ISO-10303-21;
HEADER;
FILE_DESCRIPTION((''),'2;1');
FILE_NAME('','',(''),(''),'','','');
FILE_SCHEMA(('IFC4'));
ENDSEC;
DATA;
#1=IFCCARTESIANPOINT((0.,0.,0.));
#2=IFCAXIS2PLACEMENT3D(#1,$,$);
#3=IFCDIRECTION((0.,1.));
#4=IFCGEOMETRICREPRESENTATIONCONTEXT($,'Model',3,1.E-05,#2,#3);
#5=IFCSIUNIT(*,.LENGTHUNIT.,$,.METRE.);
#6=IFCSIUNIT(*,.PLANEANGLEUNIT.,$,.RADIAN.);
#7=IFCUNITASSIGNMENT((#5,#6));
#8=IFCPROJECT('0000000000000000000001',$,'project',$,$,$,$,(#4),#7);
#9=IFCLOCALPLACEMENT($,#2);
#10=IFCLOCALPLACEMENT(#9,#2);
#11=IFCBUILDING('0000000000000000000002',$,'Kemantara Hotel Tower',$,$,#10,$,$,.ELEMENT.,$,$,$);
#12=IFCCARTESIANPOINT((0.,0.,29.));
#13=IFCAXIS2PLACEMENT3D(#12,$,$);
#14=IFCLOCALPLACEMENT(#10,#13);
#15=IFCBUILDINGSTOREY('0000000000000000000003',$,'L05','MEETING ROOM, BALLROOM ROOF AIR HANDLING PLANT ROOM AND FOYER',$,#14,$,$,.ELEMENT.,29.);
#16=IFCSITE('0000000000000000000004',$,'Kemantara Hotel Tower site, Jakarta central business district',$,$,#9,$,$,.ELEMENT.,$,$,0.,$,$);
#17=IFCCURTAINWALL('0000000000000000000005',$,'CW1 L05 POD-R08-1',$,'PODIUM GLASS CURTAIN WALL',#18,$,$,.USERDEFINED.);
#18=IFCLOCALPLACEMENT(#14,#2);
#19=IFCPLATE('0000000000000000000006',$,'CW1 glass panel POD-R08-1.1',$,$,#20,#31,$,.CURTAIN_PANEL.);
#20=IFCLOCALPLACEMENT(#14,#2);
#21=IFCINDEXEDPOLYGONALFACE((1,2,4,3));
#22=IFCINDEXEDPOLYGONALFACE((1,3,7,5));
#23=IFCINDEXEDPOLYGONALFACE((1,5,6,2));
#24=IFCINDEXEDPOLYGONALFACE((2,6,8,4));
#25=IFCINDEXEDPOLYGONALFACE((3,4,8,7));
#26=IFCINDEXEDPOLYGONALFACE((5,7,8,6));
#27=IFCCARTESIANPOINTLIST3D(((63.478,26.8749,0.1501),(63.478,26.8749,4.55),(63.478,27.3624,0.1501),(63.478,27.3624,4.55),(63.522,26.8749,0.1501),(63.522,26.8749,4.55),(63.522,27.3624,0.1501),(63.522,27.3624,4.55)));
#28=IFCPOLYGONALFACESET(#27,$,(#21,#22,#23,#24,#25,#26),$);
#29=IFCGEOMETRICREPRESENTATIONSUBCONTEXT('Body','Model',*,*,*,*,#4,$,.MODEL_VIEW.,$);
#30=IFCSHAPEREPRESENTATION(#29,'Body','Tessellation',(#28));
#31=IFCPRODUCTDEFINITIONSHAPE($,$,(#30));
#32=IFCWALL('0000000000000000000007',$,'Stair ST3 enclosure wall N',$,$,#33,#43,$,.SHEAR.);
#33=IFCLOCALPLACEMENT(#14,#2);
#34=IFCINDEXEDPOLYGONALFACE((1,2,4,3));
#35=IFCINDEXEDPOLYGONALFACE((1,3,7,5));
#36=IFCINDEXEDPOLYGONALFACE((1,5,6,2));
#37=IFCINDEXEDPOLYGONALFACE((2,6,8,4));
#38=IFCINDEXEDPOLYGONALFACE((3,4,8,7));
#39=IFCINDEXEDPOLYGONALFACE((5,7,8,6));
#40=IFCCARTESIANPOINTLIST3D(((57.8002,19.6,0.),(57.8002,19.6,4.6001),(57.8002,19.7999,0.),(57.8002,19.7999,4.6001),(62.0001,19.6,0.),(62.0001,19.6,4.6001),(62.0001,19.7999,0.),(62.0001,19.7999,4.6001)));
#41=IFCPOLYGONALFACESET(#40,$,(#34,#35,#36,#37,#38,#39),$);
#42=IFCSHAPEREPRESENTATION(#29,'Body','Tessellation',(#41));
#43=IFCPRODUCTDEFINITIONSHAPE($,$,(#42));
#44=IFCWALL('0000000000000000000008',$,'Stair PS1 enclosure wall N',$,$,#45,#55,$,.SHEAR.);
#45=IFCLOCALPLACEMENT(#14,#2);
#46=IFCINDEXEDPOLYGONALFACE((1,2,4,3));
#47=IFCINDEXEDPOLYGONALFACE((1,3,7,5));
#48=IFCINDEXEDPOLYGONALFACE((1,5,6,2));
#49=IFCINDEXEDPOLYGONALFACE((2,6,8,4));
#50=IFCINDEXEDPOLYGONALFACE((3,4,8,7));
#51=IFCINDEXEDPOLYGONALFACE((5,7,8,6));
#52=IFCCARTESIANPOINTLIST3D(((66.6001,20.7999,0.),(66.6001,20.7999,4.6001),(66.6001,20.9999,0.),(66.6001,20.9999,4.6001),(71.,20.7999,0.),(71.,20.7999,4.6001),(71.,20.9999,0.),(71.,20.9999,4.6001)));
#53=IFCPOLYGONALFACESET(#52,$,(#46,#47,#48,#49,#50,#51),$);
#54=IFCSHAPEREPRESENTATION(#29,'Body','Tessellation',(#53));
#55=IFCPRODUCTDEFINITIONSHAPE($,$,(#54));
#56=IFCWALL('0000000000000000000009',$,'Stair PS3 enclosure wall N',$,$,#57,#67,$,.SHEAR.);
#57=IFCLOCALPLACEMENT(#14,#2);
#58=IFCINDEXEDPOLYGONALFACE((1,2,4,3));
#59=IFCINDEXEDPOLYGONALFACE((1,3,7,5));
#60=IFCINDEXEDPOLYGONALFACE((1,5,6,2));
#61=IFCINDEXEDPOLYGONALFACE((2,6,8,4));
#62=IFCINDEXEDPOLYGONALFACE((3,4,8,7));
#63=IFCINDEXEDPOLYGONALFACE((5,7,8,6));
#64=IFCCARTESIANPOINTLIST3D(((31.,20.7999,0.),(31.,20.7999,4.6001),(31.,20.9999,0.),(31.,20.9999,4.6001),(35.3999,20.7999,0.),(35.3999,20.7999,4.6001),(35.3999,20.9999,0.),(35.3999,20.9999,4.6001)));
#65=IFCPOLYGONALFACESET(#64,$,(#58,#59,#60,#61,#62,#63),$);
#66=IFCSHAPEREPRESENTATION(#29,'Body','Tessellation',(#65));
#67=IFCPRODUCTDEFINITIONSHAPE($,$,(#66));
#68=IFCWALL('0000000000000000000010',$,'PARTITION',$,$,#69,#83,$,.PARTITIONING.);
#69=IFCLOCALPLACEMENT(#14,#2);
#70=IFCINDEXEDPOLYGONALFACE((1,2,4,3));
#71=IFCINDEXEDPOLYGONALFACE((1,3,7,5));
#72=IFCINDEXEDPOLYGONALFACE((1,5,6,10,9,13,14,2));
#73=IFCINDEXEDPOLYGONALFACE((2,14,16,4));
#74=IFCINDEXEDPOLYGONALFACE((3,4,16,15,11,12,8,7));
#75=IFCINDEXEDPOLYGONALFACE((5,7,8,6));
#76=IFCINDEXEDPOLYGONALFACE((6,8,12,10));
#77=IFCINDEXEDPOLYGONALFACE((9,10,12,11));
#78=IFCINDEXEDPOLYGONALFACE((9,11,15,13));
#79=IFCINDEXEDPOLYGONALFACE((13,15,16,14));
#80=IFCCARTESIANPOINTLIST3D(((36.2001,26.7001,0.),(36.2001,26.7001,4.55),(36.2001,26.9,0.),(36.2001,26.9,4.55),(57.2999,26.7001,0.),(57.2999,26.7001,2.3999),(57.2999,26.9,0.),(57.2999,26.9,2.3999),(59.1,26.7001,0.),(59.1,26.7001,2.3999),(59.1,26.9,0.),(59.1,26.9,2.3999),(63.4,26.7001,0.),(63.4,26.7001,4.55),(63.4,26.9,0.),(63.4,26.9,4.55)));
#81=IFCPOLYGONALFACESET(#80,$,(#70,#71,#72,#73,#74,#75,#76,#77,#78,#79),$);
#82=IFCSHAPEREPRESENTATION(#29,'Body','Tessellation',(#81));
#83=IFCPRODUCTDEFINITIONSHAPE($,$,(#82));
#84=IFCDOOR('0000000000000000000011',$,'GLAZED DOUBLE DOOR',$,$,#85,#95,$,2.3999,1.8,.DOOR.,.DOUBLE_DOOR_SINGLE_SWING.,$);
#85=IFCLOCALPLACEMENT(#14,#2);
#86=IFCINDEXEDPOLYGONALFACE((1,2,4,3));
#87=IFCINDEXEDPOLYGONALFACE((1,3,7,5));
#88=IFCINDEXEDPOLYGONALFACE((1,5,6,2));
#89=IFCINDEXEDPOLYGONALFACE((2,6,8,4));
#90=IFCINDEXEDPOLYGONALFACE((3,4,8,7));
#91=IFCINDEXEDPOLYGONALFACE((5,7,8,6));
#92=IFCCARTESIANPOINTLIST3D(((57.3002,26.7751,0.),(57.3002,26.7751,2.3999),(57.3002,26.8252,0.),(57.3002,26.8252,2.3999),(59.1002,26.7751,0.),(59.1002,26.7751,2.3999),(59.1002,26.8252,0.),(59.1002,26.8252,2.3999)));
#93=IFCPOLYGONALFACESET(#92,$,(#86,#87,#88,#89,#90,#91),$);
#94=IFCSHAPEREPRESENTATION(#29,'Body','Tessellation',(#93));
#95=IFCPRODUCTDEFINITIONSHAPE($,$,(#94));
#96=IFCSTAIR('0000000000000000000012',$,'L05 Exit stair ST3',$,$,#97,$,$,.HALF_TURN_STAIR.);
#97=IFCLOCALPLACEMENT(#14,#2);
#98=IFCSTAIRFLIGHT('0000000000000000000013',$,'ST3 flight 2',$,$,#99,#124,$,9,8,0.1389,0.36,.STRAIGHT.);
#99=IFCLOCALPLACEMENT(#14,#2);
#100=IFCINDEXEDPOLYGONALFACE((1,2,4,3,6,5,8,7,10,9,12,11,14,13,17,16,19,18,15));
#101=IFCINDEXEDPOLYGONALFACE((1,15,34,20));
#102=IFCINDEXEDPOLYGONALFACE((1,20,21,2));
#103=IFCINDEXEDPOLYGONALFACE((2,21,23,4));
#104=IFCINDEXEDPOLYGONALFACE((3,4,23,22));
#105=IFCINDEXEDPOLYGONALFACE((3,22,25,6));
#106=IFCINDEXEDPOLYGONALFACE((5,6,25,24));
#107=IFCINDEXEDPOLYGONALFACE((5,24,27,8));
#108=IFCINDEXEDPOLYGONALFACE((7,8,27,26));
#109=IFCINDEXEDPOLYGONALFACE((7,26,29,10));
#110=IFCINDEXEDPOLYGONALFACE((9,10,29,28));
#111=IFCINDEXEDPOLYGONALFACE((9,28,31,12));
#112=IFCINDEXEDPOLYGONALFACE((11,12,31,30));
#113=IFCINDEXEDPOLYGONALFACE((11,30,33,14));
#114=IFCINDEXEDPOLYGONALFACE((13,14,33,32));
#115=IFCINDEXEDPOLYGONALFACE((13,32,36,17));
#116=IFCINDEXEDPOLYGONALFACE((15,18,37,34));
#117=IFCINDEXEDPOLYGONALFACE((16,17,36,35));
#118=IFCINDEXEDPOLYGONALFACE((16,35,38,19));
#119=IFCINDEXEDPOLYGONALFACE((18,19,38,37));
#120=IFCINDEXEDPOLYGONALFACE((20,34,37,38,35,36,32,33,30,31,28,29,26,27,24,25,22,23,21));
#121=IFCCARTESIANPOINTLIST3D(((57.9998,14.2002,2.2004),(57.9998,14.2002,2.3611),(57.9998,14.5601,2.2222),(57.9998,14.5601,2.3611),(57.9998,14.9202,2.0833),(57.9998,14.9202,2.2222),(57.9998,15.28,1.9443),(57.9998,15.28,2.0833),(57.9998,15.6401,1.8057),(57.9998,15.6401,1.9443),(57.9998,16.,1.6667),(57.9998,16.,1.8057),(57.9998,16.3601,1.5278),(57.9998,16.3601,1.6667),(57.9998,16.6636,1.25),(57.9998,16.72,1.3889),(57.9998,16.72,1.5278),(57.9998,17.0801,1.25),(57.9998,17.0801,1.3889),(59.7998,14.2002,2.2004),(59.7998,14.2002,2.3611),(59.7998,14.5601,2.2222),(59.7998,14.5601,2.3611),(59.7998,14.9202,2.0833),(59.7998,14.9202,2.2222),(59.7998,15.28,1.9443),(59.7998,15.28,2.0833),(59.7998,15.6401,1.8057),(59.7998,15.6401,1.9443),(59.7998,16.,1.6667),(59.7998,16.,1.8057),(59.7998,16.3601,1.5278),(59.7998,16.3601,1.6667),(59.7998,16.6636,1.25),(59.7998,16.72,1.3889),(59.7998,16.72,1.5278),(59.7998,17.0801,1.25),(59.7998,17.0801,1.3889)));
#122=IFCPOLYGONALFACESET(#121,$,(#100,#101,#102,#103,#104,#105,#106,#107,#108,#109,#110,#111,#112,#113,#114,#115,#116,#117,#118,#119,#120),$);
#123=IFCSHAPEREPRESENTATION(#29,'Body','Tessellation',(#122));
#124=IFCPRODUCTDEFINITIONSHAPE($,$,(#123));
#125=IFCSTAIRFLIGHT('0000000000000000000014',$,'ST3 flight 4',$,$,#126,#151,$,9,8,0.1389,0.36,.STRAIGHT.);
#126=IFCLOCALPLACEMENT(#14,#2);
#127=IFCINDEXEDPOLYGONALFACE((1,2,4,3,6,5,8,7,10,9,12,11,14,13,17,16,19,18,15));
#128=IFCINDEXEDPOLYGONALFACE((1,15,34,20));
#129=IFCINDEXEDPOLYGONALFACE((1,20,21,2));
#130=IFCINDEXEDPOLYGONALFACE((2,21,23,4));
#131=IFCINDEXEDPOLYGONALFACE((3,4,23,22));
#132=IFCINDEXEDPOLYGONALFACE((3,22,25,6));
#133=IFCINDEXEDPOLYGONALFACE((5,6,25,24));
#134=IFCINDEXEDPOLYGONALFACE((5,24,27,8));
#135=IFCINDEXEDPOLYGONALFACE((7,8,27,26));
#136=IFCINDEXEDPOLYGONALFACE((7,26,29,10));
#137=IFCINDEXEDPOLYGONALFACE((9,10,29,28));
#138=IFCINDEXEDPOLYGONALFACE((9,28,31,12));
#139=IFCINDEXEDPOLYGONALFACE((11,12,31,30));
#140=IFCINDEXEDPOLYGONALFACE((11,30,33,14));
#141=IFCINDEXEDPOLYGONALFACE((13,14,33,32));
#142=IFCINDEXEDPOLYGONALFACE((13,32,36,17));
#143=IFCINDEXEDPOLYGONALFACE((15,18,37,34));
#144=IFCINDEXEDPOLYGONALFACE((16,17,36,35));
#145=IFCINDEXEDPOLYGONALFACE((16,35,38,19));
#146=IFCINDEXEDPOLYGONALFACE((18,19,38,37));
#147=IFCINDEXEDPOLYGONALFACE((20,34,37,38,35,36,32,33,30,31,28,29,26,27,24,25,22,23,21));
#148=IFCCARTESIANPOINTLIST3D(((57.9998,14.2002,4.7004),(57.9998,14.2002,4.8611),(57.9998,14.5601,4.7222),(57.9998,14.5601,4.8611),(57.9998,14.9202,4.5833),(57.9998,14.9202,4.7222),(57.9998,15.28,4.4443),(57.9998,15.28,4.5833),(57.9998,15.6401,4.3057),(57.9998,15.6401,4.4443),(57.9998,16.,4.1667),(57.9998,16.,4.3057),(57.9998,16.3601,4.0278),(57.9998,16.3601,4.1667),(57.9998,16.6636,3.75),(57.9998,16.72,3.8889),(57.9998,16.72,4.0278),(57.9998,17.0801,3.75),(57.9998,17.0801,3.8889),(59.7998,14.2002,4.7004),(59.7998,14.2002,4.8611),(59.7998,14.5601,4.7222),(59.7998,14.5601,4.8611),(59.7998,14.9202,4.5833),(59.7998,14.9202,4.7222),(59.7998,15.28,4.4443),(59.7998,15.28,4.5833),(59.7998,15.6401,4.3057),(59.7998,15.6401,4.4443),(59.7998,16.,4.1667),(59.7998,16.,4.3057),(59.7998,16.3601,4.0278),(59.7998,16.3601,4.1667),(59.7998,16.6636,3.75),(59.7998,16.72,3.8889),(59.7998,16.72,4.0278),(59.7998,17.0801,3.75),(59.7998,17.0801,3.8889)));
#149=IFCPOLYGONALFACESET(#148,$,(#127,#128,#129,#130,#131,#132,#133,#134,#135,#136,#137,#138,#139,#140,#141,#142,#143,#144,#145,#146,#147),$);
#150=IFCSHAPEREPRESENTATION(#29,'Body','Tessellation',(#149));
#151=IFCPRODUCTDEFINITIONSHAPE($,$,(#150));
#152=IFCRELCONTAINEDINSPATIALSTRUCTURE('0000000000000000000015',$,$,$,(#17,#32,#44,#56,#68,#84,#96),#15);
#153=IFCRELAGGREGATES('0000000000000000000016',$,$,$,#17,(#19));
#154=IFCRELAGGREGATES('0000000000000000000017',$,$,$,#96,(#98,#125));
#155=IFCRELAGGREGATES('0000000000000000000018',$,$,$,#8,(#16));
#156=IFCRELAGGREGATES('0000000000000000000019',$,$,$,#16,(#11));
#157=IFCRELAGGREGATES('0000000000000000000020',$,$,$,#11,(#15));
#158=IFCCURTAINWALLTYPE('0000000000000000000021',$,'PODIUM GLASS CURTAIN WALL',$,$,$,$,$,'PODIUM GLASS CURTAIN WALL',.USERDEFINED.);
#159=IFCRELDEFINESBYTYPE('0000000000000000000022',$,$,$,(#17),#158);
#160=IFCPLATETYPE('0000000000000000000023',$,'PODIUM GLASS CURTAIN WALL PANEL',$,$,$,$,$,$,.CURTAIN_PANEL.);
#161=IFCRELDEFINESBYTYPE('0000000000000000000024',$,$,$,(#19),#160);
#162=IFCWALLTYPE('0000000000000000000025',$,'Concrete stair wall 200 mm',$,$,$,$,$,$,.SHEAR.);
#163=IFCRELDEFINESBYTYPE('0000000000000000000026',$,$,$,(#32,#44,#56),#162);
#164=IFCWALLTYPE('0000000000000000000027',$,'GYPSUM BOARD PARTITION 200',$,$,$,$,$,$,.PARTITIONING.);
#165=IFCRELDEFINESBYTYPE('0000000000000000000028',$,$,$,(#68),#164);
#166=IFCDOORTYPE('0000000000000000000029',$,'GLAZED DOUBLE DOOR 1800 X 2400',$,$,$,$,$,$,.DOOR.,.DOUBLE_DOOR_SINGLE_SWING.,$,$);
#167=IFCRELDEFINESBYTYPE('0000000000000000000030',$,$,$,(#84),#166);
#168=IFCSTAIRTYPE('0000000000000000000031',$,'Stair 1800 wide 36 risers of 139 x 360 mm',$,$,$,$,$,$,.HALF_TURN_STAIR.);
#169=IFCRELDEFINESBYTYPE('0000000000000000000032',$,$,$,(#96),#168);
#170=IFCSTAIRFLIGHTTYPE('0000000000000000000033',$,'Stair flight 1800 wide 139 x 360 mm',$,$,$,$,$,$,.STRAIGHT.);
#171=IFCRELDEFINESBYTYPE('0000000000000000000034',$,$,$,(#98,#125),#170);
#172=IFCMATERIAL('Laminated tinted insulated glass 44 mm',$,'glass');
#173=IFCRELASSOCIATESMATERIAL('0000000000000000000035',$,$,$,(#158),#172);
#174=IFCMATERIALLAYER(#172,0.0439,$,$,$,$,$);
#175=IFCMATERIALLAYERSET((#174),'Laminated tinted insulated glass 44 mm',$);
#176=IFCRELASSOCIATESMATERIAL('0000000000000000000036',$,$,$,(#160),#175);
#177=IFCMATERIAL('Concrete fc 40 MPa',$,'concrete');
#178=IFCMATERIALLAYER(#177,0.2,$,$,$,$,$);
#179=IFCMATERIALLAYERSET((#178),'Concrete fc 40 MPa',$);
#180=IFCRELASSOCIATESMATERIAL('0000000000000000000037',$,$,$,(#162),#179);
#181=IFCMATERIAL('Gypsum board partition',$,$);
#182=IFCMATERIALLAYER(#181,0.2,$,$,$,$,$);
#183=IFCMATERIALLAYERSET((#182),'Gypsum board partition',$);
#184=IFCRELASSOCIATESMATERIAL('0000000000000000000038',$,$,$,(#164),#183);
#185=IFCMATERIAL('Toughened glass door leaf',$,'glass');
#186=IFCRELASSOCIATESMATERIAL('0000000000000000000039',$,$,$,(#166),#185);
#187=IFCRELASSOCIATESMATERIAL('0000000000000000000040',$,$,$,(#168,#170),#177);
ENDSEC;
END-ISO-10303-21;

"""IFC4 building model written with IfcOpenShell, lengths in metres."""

from ifc_helpers import new_model, si_unit, direction, frame, frame_2d, origin, origin_2d, place, context, subcontext, project, spatial, polyline, rectangle, outline, extrude, source, transform, mapped, material, layer, layer_set, type_object, element, fill, aggregate, save


model = new_model("IFC4")

# Units and contexts
model_context = context("Model", 3, precision=1e-05, world=origin(), true_north=direction((0.0, 1.0)))
body_context = subcontext(model_context, "Body", "Model", "MODEL_VIEW")
ifc_project = project(units=[si_unit("LENGTHUNIT", "METRE"), si_unit("PLANEANGLEUNIT", "RADIAN")], contexts=[model_context])

# Site, building, storey
site_placement = place(None, origin())
site = spatial("IfcSite", under=ifc_project, at=site_placement, Name="Kemantara Hotel Tower site, Jakarta central business district", CompositionType="ELEMENT", RefElevation=0.0)
building_placement = place(site_placement, origin())
building = spatial("IfcBuilding", under=site, at=building_placement, Name="Kemantara Hotel Tower", CompositionType="ELEMENT")
storey_placement = place(building_placement, frame((0.0, 0.0, 29.0)))
storey = spatial("IfcBuildingStorey", under=building, at=storey_placement, Name="L05", Description="MEETING ROOM, BALLROOM ROOF AIR HANDLING PLANT ROOM AND FOYER", CompositionType="ELEMENT", Elevation=29.0)

# Curtain wall
ifc_material_1 = material(Name="Laminated tinted insulated glass 44 mm", Category="glass")
curtain_wall_type = type_object("IfcCurtainWallType", Name="PODIUM GLASS CURTAIN WALL", ElementType="PODIUM GLASS CURTAIN WALL", PredefinedType="USERDEFINED", material=ifc_material_1)
curtain_wall_1_placement = place(storey_placement, origin())
curtain_wall_1 = element("IfcCurtainWall", 1, at=curtain_wall_1_placement, inside=storey, type_object=curtain_wall_type, Name="CW1 L05 POD-R08-1", ObjectType="PODIUM GLASS CURTAIN WALL", PredefinedType="USERDEFINED")

# Plate
ifc_layer_1 = layer(ifc_material_1, 0.0439)
ifc_layer_set_1 = layer_set([ifc_layer_1], Name="Laminated tinted insulated glass 44 mm")
plate_type = type_object("IfcPlateType", Name="PODIUM GLASS CURTAIN WALL PANEL", PredefinedType="CURTAIN_PANEL", material=ifc_layer_set_1)
shared_shape_1 = source(origin(), body_context, "Body", "SweptSolid", [
    extrude(rectangle(XDim=0.4875, YDim=0.0439, at=origin_2d()), origin(), (0.0, 0.0, 1.0), 4.3999),
])
plate_1_placement = place(storey_placement, frame((63.5, 27.1187, 0.1501), z_axis=(0.0, 0.0, 1.0), x_axis=(0.0, 1.0, 0.0)))
plate_1 = element("IfcPlate", 2, at=plate_1_placement, type_object=plate_type, Name="CW1 glass panel POD-R08-1.1", PredefinedType="CURTAIN_PANEL", context=body_context, shape_type="MappedRepresentation", body=[
    mapped(shared_shape_1, transform((0.0, 0.0, 0.0))),
])
aggregate(curtain_wall_1, [plate_1])

# Walls
ifc_material_2 = material(Name="Concrete fc 40 MPa", Category="concrete")
ifc_layer_2 = layer(ifc_material_2, 0.2)
ifc_layer_set_2 = layer_set([ifc_layer_2], Name="Concrete fc 40 MPa")
wall_type_1 = type_object("IfcWallType", Name="Concrete stair wall 200 mm", PredefinedType="SHEAR", material=ifc_layer_set_2)
wall_1_placement = place(storey_placement, frame((57.8, 19.7, 0.0), z_axis=(0.0, 0.0, 1.0), x_axis=(1.0, 0.0, 0.0)))
element("IfcWall", 3, at=wall_1_placement, inside=storey, type_object=wall_type_1, Name="Stair ST3 enclosure wall N", PredefinedType="SHEAR", context=body_context, shape_type="SweptSolid", body=[
    extrude(rectangle(XDim=4.2, YDim=0.2, at=frame_2d((2.1001, 0.0))), origin(), (0.0, 0.0, 1.0), 4.6001),
])
for number, where, z_axis, x_axis, name in (
    (4, (66.6001, 20.8999, 0.0), (0.0, 0.0, 1.0), (1.0, 0.0, 0.0), "Stair PS1 enclosure wall N"),
    (5, (31.0, 20.8999, 0.0), (0.0, 0.0, 1.0), (1.0, 0.0, 0.0), "Stair PS3 enclosure wall N"),
):
    element("IfcWall", number, at=place(storey_placement, frame(where, z_axis=z_axis, x_axis=x_axis)), inside=storey, type_object=wall_type_1, Name=name, PredefinedType="SHEAR", context=body_context, shape_type="SweptSolid", body=[
        extrude(rectangle(XDim=4.3999, YDim=0.2, at=frame_2d((2.2, 0.0))), origin(), (0.0, 0.0, 1.0), 4.6001),
    ])

# Wall, opening, door
ifc_material_3 = material(Name="Gypsum board partition")
ifc_layer_3 = layer(ifc_material_3, 0.2)
ifc_layer_set_3 = layer_set([ifc_layer_3], Name="Gypsum board partition")
wall_type_2 = type_object("IfcWallType", Name="GYPSUM BOARD PARTITION 200", PredefinedType="PARTITIONING", material=ifc_layer_set_3)
wall_2_placement = place(storey_placement, frame((36.2, 26.8, 0.0), z_axis=(0.0, 0.0, 1.0), x_axis=(1.0, 0.0, 0.0)))
wall_2 = element("IfcWall", 6, at=wall_2_placement, inside=storey, type_object=wall_type_2, Name="PARTITION", PredefinedType="PARTITIONING", context=body_context, shape_type="SweptSolid", body=[
    extrude(rectangle(XDim=27.2, YDim=0.2, at=frame_2d((13.6001, 0.0))), origin(), (0.0, 0.0, 1.0), 4.55),
])
opening_placement = place(wall_2_placement, frame((21.1001, 0.0, 0.0)))
opening = element("IfcOpeningElement", 7, at=opening_placement, cuts=wall_2, PredefinedType="OPENING", context=body_context, shape_type="SweptSolid", body=[
    extrude(rectangle(XDim=1.8, YDim=2.3999, at=frame_2d((0.8999, 1.2))), frame((0.0, 0.1099, 0.0), z_axis=(0.0, -1.0, 0.0), x_axis=(1.0, 0.0, 0.0)), (0.0, 0.0, 1.0), 0.22),
])
ifc_material_4 = material(Name="Toughened glass door leaf", Category="glass")
door_type = type_object("IfcDoorType", Name="GLAZED DOUBLE DOOR 1800 X 2400", OperationType="DOUBLE_DOOR_SINGLE_SWING", PredefinedType="DOOR", material=ifc_material_4)
door_placement = place(opening_placement, frame((1.8, 0.0, 0.0), z_axis=(0.0, 0.0, 1.0), x_axis=(-1.0, 0.0, 0.0)))
door = element("IfcDoor", 8, at=door_placement, inside=storey, type_object=door_type, Name="GLAZED DOUBLE DOOR", OperationType="DOUBLE_DOOR_SINGLE_SWING", OverallHeight=2.3999, OverallWidth=1.8, PredefinedType="DOOR", context=body_context, shape_type="SweptSolid", body=[
    extrude(rectangle(XDim=1.8, YDim=2.3999, at=frame_2d((0.8999, 1.2))), frame((0.0, 0.0249, 0.0), z_axis=(0.0, -1.0, 0.0), x_axis=(1.0, 0.0, 0.0)), (0.0, 0.0, 1.0), 0.05),
])
fill(opening, door)

# Stair, stair flights
stair_type = type_object("IfcStairType", Name="Stair 1800 wide 36 risers of 139 x 360 mm", PredefinedType="HALF_TURN_STAIR", material=ifc_material_2)
stair_placement = place(storey_placement, origin())
stair = element("IfcStair", 9, at=stair_placement, inside=storey, type_object=stair_type, Name="L05 Exit stair ST3", PredefinedType="HALF_TURN_STAIR")
stair_flight_type = type_object("IfcStairFlightType", Name="Stair flight 1800 wide 139 x 360 mm", PredefinedType="STRAIGHT", material=ifc_material_2)
stair_flight_1_placement = place(storey_placement, frame((58.8999, 17.0801, 1.25), z_axis=(0.0, 0.0, 1.0), x_axis=(0.0, -1.0, 0.0)))
stair_flight_1 = element("IfcStairFlight", 10, at=stair_flight_1_placement, type_object=stair_flight_type, Name="ST3 flight 2", NumberOfRisers=9, NumberOfTreads=8, PredefinedType="STRAIGHT", RiserHeight=0.1389, TreadLength=0.36, context=body_context, shape_type="SweptSolid", body=[
    extrude(outline(polyline([(0.0, 0.0), (0.0, 0.1389), (0.3601, 0.1389), (0.3601, 0.2778), (0.72, 0.2778), (0.72, 0.4167), (1.0801, 0.4167), (1.0801, 0.5557), (1.4399, 0.5557), (1.4399, 0.6943), (1.8, 0.6943), (1.8, 0.8333), (2.1599, 0.8333), (2.1599, 0.9722), (2.52, 0.9722), (2.52, 1.1111), (2.8799, 1.1111), (2.8799, 1.25), (2.8799, 0.9504), (0.4165, 0.0), (0.0, 0.0)])), frame((0.0, 0.8999, 0.0), z_axis=(0.0, -1.0, 0.0), x_axis=(1.0, 0.0, 0.0)), (0.0, 0.0, 1.0), 1.8),
])
stair_flight_2_placement = place(storey_placement, frame((58.8999, 17.0801, 3.75), z_axis=(0.0, 0.0, 1.0), x_axis=(0.0, -1.0, 0.0)))
stair_flight_2 = element("IfcStairFlight", 11, at=stair_flight_2_placement, type_object=stair_flight_type, Name="ST3 flight 4", NumberOfRisers=9, NumberOfTreads=8, PredefinedType="STRAIGHT", RiserHeight=0.1389, TreadLength=0.36, context=body_context, shape_type="SweptSolid", body=[
    extrude(outline(polyline([(0.0, 0.0), (0.0, 0.1389), (0.3601, 0.1389), (0.3601, 0.2778), (0.72, 0.2778), (0.72, 0.4167), (1.0801, 0.4167), (1.0801, 0.5557), (1.4399, 0.5557), (1.4399, 0.6943), (1.8, 0.6943), (1.8, 0.8333), (2.1599, 0.8333), (2.1599, 0.9722), (2.52, 0.9722), (2.52, 1.1111), (2.8799, 1.1111), (2.8799, 1.25), (2.8799, 0.9504), (0.4165, 0.0), (0.0, 0.0)])), frame((0.0, 0.8999, 0.0), z_axis=(0.0, -1.0, 0.0), x_axis=(1.0, 0.0, 0.0)), (0.0, 0.0, 1.0), 1.8),
])
aggregate(stair, [stair_flight_1, stair_flight_2])

save(model, "model.ifc")
